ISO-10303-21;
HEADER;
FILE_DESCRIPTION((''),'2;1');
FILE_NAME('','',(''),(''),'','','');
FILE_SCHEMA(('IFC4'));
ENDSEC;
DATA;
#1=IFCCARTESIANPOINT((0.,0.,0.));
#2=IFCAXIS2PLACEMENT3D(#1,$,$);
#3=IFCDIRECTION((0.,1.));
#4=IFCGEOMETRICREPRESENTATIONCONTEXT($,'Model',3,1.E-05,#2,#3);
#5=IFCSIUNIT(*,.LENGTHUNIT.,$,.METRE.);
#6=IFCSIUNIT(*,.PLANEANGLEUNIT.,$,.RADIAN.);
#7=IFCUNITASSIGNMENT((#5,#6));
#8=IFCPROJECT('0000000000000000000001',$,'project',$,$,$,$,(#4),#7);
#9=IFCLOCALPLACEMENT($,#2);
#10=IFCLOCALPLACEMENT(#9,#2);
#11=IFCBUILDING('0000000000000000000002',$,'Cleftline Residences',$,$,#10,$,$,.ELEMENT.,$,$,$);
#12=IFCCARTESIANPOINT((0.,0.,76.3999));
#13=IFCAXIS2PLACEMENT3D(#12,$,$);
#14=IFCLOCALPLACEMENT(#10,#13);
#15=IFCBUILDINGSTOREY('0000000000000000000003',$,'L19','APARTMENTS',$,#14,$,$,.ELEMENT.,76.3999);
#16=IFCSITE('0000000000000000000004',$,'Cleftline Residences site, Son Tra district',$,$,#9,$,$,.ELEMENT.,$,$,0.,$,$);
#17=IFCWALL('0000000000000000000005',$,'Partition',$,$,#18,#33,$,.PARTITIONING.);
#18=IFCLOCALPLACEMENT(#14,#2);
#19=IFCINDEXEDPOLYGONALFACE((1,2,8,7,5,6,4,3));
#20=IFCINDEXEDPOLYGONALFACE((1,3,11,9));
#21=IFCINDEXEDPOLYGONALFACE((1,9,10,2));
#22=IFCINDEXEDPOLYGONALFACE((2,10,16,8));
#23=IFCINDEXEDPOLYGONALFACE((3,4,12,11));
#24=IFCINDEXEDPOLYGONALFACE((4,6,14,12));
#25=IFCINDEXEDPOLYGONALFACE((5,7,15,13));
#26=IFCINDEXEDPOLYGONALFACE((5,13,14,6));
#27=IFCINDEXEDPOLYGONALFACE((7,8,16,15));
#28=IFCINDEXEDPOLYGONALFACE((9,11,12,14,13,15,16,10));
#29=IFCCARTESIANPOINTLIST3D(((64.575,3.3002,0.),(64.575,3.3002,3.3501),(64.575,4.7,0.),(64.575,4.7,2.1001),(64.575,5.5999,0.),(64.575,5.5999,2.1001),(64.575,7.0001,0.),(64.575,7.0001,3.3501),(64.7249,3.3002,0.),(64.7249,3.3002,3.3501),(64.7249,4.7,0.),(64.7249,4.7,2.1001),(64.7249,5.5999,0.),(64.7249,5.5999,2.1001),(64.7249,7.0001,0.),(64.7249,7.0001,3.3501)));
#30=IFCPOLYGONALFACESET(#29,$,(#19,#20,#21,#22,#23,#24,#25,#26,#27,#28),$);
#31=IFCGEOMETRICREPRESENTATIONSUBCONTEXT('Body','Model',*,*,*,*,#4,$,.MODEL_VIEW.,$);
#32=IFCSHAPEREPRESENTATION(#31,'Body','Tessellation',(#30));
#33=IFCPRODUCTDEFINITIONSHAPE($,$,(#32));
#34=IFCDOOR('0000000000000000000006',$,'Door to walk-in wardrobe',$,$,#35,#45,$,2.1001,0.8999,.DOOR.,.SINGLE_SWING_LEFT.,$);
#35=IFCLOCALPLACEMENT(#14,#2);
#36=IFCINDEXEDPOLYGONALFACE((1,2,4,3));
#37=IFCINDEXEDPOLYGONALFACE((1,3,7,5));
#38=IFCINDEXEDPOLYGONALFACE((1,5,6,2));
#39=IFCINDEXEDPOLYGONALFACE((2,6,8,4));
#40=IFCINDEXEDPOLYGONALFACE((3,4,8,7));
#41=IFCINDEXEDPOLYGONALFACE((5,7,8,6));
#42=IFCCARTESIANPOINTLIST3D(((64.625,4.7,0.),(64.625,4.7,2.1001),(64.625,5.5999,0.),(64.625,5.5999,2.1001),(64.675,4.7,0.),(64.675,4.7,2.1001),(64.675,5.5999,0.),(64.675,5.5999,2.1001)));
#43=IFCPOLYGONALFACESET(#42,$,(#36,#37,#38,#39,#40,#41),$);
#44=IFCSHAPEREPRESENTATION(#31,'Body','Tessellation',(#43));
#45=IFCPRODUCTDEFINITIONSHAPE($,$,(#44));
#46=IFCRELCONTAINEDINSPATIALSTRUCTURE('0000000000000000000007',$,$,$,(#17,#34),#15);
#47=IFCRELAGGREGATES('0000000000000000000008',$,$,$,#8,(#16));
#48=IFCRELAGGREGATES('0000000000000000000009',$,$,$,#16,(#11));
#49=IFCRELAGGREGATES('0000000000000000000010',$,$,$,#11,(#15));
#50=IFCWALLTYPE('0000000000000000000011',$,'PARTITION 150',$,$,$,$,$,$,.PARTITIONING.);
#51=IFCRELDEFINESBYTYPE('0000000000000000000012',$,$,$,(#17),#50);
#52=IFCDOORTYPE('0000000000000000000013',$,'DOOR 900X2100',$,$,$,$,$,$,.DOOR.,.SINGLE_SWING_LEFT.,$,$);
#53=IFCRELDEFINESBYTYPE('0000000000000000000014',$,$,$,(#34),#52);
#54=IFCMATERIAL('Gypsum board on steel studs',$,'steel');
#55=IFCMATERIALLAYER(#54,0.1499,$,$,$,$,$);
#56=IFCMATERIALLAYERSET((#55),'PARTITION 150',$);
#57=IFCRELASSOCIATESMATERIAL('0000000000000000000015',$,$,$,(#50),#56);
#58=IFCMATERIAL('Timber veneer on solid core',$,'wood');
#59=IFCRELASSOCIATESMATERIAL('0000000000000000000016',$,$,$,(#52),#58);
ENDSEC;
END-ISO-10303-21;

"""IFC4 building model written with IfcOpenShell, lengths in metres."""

from ifc_helpers import new_model, si_unit, direction, frame, frame_2d, origin, place, context, subcontext, project, spatial, rectangle, extrude, material, layer, layer_set, type_object, element, fill, save


model = new_model("IFC4")

# Units and contexts
model_context = context("Model", 3, precision=1e-05, world=origin(), true_north=direction((0.0, 1.0)))
body_context = subcontext(model_context, "Body", "Model", "MODEL_VIEW")
ifc_project = project(units=[si_unit("LENGTHUNIT", "METRE"), si_unit("PLANEANGLEUNIT", "RADIAN")], contexts=[model_context])

# Site, building, storey
site_placement = place(None, origin())
site = spatial("IfcSite", under=ifc_project, at=site_placement, Name="Cleftline Residences site, Son Tra district", CompositionType="ELEMENT", RefElevation=0.0)
building_placement = place(site_placement, origin())
building = spatial("IfcBuilding", under=site, at=building_placement, Name="Cleftline Residences", CompositionType="ELEMENT")
storey_placement = place(building_placement, frame((0.0, 0.0, 76.3999)))
storey = spatial("IfcBuildingStorey", under=building, at=storey_placement, Name="L19", Description="APARTMENTS", CompositionType="ELEMENT", Elevation=76.3999)

# Wall, opening, door
ifc_material_1 = material(Name="Gypsum board on steel studs", Category="steel")
ifc_layer_1 = layer(ifc_material_1, 0.1499)
ifc_layer_set_1 = layer_set([ifc_layer_1], Name="PARTITION 150")
wall_type_1 = type_object("IfcWallType", Name="PARTITION 150", PredefinedType="PARTITIONING", material=ifc_layer_set_1)
wall_1_placement = place(storey_placement, frame((64.6499, 3.3, 0.0), z_axis=(0.0, 0.0, 1.0), x_axis=(0.0, 1.0, 0.0)))
wall_1 = element("IfcWall", 1, at=wall_1_placement, inside=storey, type_object=wall_type_1, Name="Partition", PredefinedType="PARTITIONING", context=body_context, shape_type="SweptSolid", body=[
    extrude(rectangle(XDim=3.7, YDim=0.1499, at=frame_2d((1.8501, 0.0))), origin(), (0.0, 0.0, 1.0), 3.3501),
])
opening_1_placement = place(wall_1_placement, frame((1.3999, 0.0, 0.0)))
opening_1 = element("IfcOpeningElement", 2, at=opening_1_placement, cuts=wall_1, PredefinedType="OPENING", context=body_context, shape_type="SweptSolid", body=[
    extrude(rectangle(XDim=0.8999, YDim=2.1001, at=frame_2d((0.45, 1.05))), frame((0.0, 0.085, 0.0), z_axis=(0.0, -1.0, 0.0), x_axis=(1.0, 0.0, 0.0)), (0.0, 0.0, 1.0), 0.1699),
])
ifc_material_2 = material(Name="Timber veneer on solid core", Category="wood")
door_type = type_object("IfcDoorType", Name="DOOR 900X2100", OperationType="SINGLE_SWING_LEFT", PredefinedType="DOOR", material=ifc_material_2)
door_placement = place(opening_1_placement, origin())
door = element("IfcDoor", 3, at=door_placement, inside=storey, type_object=door_type, Name="Door to walk-in wardrobe", OperationType="SINGLE_SWING_LEFT", OverallHeight=2.1001, OverallWidth=0.8999, PredefinedType="DOOR", context=body_context, shape_type="SweptSolid", body=[
    extrude(rectangle(XDim=0.8999, YDim=2.1001, at=frame_2d((0.45, 1.05))), frame((0.0, 0.0249, 0.0), z_axis=(0.0, -1.0, 0.0), x_axis=(1.0, 0.0, 0.0)), (0.0, 0.0, 1.0), 0.05),
])
fill(opening_1, door)

save(model, "model.ifc")
